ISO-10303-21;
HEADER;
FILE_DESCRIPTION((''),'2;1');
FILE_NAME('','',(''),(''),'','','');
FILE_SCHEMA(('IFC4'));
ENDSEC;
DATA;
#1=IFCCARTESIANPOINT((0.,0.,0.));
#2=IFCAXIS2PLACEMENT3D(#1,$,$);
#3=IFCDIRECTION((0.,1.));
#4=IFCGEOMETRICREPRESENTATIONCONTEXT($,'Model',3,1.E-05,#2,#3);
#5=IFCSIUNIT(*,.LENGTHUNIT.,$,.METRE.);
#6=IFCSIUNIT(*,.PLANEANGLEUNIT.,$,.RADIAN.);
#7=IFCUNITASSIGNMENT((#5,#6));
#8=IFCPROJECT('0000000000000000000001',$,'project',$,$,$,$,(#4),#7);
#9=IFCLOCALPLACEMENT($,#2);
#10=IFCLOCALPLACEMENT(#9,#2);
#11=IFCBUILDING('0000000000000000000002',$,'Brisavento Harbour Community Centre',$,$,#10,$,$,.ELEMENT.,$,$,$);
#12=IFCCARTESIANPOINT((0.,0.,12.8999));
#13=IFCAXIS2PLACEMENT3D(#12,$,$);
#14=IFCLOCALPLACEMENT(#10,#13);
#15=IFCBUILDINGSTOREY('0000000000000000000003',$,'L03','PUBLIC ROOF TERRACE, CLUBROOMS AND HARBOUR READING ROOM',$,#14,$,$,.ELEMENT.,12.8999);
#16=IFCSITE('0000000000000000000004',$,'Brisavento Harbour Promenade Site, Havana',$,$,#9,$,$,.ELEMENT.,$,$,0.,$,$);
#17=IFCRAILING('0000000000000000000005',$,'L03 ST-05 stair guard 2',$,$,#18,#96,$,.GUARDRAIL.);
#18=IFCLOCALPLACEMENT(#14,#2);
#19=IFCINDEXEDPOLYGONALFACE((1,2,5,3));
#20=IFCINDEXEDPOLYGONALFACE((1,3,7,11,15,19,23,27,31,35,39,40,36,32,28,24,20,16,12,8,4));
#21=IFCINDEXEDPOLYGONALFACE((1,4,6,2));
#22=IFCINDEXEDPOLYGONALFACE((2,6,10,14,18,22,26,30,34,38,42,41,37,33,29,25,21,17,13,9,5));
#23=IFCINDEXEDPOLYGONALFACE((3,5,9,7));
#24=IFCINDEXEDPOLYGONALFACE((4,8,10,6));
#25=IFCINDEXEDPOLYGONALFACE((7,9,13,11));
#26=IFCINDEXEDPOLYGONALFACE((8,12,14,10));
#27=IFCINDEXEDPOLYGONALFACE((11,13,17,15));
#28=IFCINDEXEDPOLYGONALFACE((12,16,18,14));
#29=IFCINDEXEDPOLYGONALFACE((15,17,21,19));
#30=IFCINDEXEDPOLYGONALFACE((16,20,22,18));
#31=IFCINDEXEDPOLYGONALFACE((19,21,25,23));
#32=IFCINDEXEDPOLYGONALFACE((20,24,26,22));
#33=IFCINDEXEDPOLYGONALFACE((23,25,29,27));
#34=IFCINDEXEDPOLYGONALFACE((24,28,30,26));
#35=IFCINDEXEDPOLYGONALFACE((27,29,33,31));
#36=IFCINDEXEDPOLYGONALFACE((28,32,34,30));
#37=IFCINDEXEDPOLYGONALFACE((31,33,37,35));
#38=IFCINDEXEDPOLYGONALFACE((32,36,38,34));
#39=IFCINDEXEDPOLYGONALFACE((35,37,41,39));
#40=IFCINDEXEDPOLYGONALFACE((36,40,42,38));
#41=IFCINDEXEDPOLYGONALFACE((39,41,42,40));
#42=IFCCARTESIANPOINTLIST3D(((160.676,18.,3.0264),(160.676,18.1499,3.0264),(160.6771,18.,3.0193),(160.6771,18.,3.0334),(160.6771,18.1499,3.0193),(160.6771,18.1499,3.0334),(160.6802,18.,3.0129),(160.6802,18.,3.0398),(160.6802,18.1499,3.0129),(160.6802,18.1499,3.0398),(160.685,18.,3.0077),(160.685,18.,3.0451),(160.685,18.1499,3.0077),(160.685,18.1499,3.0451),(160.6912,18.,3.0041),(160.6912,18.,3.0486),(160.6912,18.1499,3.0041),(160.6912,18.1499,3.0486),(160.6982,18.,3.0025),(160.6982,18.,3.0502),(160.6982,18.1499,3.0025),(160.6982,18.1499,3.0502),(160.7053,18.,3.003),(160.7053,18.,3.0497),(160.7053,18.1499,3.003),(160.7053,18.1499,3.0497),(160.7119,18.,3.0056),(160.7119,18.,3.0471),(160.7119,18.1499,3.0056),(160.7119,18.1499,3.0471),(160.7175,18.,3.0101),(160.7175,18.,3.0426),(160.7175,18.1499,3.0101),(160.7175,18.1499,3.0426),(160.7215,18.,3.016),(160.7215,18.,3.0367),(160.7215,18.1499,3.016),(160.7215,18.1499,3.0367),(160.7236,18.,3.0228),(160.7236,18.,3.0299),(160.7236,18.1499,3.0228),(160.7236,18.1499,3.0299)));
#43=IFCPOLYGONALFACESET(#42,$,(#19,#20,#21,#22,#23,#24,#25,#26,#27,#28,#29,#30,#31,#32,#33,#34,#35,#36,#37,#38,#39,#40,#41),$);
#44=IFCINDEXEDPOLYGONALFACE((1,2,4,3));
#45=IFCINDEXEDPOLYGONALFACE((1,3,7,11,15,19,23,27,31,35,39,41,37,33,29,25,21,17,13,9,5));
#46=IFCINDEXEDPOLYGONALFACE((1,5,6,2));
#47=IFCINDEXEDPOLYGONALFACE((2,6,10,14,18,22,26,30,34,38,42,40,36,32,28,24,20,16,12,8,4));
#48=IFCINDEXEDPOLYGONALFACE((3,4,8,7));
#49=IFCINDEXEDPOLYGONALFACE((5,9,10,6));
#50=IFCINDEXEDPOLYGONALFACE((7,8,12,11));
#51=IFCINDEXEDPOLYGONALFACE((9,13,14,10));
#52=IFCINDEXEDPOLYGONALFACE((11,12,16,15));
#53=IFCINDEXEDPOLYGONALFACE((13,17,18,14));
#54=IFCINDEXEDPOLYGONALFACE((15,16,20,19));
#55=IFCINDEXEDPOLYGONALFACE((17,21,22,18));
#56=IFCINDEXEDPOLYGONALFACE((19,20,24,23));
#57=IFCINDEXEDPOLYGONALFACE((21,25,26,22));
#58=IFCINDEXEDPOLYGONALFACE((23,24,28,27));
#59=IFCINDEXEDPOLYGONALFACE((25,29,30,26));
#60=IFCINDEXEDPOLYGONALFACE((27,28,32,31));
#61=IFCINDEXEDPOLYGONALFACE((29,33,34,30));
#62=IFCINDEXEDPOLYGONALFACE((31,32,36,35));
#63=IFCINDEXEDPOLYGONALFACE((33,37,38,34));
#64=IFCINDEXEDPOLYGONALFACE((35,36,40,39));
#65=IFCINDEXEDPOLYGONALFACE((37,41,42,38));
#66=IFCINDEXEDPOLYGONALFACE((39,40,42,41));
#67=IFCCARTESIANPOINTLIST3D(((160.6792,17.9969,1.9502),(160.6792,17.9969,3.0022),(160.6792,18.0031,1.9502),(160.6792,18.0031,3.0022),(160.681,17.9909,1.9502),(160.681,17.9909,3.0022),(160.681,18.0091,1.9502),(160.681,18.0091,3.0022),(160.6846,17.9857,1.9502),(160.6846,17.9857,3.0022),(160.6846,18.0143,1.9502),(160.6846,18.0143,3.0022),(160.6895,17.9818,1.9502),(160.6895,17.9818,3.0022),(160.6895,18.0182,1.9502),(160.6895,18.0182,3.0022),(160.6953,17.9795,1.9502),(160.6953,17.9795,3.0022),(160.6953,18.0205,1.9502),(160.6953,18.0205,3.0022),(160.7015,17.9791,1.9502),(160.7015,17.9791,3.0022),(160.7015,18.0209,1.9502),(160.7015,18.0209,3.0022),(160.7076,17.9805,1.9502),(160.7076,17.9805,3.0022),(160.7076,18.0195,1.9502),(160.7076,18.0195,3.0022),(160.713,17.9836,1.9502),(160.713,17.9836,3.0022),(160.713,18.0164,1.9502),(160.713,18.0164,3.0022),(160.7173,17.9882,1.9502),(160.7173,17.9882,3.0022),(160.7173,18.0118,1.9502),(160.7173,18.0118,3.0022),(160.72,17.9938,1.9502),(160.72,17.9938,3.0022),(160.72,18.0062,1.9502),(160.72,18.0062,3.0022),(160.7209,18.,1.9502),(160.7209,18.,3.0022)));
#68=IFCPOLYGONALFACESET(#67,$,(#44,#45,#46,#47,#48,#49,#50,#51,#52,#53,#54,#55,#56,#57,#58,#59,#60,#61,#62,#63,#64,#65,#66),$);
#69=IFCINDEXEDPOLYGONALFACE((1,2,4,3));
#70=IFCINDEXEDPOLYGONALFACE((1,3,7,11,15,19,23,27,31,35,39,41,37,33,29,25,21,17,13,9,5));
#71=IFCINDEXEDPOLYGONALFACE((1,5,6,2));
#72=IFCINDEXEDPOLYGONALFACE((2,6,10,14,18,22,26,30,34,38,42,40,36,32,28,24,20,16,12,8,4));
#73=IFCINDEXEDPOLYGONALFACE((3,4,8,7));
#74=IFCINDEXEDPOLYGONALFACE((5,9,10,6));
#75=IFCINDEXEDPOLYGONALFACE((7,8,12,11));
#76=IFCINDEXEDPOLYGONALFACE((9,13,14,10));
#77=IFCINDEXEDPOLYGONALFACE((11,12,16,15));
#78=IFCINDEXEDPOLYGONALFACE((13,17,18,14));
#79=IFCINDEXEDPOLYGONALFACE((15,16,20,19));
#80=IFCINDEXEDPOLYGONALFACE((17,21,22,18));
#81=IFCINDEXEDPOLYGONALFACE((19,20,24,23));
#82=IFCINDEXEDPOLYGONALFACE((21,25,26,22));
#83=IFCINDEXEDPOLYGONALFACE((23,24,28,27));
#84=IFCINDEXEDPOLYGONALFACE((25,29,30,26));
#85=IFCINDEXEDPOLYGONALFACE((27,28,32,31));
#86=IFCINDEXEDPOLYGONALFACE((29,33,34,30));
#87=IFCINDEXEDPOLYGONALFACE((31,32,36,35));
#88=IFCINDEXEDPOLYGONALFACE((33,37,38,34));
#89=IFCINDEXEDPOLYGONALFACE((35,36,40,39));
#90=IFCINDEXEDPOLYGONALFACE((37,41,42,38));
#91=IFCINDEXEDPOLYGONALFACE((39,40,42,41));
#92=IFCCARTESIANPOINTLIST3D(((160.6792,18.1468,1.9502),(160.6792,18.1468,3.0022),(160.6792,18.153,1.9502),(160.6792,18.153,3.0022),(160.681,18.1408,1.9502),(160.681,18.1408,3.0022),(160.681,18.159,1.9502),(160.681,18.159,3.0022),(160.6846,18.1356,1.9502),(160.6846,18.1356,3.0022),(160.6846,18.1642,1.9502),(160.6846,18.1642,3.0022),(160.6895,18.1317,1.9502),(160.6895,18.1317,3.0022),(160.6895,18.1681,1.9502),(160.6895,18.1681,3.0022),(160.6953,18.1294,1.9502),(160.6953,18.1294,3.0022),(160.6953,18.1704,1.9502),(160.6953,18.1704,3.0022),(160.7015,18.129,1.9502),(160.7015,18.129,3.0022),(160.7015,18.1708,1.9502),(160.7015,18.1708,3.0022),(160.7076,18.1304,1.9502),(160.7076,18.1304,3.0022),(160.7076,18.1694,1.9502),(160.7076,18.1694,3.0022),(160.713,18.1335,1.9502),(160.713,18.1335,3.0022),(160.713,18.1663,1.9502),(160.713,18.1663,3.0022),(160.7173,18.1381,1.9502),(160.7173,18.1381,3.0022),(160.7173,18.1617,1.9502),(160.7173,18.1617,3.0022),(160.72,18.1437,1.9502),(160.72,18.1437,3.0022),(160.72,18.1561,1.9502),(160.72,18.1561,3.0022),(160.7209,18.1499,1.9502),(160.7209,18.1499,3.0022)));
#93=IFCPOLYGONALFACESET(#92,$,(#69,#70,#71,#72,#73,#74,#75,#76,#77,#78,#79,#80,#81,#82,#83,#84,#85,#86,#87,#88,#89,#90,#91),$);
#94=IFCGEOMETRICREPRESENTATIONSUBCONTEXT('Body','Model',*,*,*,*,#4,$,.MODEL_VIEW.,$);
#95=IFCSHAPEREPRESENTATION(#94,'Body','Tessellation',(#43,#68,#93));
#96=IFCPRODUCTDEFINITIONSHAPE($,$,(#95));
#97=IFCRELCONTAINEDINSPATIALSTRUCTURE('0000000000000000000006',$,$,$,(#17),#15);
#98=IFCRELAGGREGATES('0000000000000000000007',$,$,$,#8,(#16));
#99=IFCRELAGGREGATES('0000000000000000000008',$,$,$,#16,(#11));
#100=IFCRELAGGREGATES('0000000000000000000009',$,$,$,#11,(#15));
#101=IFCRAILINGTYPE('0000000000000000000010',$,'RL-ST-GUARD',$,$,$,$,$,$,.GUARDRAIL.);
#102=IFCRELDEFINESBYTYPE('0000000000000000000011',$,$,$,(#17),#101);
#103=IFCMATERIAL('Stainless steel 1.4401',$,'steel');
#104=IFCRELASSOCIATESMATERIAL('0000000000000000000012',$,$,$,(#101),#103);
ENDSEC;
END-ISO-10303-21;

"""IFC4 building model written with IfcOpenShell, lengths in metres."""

from ifc_helpers import new_model, si_unit, direction, frame, origin, origin_2d, place, context, subcontext, project, spatial, circle, extrude, material, type_object, element, save


model = new_model("IFC4")

# Units and contexts
model_context = context("Model", 3, precision=1e-05, world=origin(), true_north=direction((0.0, 1.0)))
body_context = subcontext(model_context, "Body", "Model", "MODEL_VIEW")
ifc_project = project(units=[si_unit("LENGTHUNIT", "METRE"), si_unit("PLANEANGLEUNIT", "RADIAN")], contexts=[model_context])

# Site, building, storey
site_placement = place(None, origin())
site = spatial("IfcSite", under=ifc_project, at=site_placement, Name="Brisavento Harbour Promenade Site, Havana", CompositionType="ELEMENT", RefElevation=0.0)
building_placement = place(site_placement, origin())
building = spatial("IfcBuilding", under=site, at=building_placement, Name="Brisavento Harbour Community Centre", CompositionType="ELEMENT")
storey_placement = place(building_placement, frame((0.0, 0.0, 12.8999)))
storey = spatial("IfcBuildingStorey", under=building, at=storey_placement, Name="L03", Description="PUBLIC ROOF TERRACE, CLUBROOMS AND HARBOUR READING ROOM", CompositionType="ELEMENT", Elevation=12.8999)

# Railing
ifc_material_1 = material(Name="Stainless steel 1.4401", Category="steel")
railing_type_1 = type_object("IfcRailingType", Name="RL-ST-GUARD", PredefinedType="GUARDRAIL", material=ifc_material_1)
railing_1_placement = place(storey_placement, frame((160.7, 18.0, 1.9502)))
element("IfcRailing", 1, at=railing_1_placement, inside=storey, type_object=railing_type_1, Name="L03 ST-05 stair guard 2", PredefinedType="GUARDRAIL", context=body_context, shape_type="SweptSolid", body=[
    extrude(circle(Radius=0.0239, at=origin_2d()), frame((0.0, 0.0, 1.0762), z_axis=(0.0, 1.0, 0.0), x_axis=(-1.0, 0.0, 0.0)), (0.0, 0.0, 1.0), 0.1499),
    extrude(circle(Radius=0.021, at=origin_2d()), origin(), (0.0, 0.0, 1.0), 1.052),
    extrude(circle(Radius=0.021, at=origin_2d()), frame((0.0, 0.1499, 0.0)), (0.0, 0.0, 1.0), 1.052),
])

save(model, "model.ifc")
